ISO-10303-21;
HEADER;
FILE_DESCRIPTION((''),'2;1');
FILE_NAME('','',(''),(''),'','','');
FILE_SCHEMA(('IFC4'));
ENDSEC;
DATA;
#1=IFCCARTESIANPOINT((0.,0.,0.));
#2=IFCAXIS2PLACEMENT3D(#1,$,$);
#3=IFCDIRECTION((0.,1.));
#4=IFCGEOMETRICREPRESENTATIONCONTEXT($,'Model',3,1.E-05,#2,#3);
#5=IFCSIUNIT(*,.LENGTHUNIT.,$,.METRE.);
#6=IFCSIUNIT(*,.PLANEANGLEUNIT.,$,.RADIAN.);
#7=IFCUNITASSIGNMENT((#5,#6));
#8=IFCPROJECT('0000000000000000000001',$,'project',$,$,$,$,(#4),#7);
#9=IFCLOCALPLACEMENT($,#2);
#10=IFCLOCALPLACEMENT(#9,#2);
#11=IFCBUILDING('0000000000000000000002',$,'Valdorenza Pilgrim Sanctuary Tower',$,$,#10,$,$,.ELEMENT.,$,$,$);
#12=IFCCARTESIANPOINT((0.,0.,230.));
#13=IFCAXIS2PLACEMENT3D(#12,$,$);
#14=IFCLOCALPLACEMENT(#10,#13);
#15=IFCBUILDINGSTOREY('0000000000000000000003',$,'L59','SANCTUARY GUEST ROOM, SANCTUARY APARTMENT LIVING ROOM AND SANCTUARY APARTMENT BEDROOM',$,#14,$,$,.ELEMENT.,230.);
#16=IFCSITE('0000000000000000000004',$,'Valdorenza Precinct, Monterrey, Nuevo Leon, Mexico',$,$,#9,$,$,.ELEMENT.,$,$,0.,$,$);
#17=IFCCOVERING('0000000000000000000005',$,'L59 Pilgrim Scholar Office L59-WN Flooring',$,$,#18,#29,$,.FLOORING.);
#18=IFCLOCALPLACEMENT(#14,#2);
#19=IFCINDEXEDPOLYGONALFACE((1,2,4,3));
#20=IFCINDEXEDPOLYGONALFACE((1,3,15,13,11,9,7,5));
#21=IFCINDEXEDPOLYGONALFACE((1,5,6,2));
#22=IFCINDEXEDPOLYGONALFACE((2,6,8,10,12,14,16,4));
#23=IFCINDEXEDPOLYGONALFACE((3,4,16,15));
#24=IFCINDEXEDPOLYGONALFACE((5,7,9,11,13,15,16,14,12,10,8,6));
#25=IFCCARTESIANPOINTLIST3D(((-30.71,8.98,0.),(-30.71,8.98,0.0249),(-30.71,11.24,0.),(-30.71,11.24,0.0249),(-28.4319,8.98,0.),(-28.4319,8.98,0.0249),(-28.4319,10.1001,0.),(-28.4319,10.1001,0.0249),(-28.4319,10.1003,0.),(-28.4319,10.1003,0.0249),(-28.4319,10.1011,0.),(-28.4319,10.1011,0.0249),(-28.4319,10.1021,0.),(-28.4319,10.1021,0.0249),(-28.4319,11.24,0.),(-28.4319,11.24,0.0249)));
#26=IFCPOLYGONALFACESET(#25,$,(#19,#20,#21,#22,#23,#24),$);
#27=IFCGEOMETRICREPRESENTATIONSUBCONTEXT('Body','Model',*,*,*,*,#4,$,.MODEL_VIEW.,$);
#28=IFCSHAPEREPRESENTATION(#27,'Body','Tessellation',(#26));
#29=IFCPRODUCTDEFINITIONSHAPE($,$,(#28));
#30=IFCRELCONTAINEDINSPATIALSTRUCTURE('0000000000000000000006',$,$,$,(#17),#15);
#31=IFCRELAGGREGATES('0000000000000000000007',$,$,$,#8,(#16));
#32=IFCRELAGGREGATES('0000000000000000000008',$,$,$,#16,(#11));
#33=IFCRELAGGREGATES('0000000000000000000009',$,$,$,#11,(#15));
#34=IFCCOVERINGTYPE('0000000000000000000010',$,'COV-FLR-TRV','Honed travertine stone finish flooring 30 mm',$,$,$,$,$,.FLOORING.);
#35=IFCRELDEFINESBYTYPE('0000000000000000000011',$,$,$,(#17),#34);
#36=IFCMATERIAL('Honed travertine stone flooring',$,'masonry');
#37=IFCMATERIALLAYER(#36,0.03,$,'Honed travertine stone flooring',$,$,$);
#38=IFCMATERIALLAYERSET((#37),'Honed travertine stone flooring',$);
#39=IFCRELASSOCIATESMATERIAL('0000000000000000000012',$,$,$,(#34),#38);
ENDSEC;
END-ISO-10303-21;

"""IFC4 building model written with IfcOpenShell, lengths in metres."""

from ifc_helpers import new_model, si_unit, direction, frame, origin, place, context, subcontext, project, spatial, polyline, outline, extrude, material, layer, layer_set, type_object, element, save


model = new_model("IFC4")

# Units and contexts
model_context = context("Model", 3, precision=1e-05, world=origin(), true_north=direction((0.0, 1.0)))
body_context = subcontext(model_context, "Body", "Model", "MODEL_VIEW")
ifc_project = project(units=[si_unit("LENGTHUNIT", "METRE"), si_unit("PLANEANGLEUNIT", "RADIAN")], contexts=[model_context])

# Site, building, storey
site_placement = place(None, origin())
site = spatial("IfcSite", under=ifc_project, at=site_placement, Name="Valdorenza Precinct, Monterrey, Nuevo Leon, Mexico", CompositionType="ELEMENT", RefElevation=0.0)
building_placement = place(site_placement, origin())
building = spatial("IfcBuilding", under=site, at=building_placement, Name="Valdorenza Pilgrim Sanctuary Tower", CompositionType="ELEMENT")
storey_placement = place(building_placement, frame((0.0, 0.0, 230.0)))
storey = spatial("IfcBuildingStorey", under=building, at=storey_placement, Name="L59", Description="SANCTUARY GUEST ROOM, SANCTUARY APARTMENT LIVING ROOM AND SANCTUARY APARTMENT BEDROOM", CompositionType="ELEMENT", Elevation=230.0)

# Covering
ifc_material_1 = material(Name="Honed travertine stone flooring", Category="masonry")
ifc_layer_1 = layer(ifc_material_1, 0.03, Name="Honed travertine stone flooring")
ifc_layer_set_1 = layer_set([ifc_layer_1], Name="Honed travertine stone flooring")
covering_type_1 = type_object("IfcCoveringType", Name="COV-FLR-TRV", Description="Honed travertine stone finish flooring 30 mm", PredefinedType="FLOORING", material=ifc_layer_set_1)
covering_1_placement = place(storey_placement, origin())
element("IfcCovering", 1, at=covering_1_placement, inside=storey, type_object=covering_type_1, Name="L59 Pilgrim Scholar Office L59-WN Flooring", PredefinedType="FLOORING", context=body_context, shape_type="SweptSolid", body=[
    extrude(outline(polyline([(-28.4319, 11.24), (-28.4319, 10.1021), (-28.4319, 10.1011), (-28.4319, 10.1003), (-28.4319, 10.1001), (-28.4319, 8.98), (-30.71, 8.98), (-30.71, 11.24), (-28.4319, 11.24)])), origin(), (0.0, 0.0, 1.0), 0.0249),
])

save(model, "model.ifc")
